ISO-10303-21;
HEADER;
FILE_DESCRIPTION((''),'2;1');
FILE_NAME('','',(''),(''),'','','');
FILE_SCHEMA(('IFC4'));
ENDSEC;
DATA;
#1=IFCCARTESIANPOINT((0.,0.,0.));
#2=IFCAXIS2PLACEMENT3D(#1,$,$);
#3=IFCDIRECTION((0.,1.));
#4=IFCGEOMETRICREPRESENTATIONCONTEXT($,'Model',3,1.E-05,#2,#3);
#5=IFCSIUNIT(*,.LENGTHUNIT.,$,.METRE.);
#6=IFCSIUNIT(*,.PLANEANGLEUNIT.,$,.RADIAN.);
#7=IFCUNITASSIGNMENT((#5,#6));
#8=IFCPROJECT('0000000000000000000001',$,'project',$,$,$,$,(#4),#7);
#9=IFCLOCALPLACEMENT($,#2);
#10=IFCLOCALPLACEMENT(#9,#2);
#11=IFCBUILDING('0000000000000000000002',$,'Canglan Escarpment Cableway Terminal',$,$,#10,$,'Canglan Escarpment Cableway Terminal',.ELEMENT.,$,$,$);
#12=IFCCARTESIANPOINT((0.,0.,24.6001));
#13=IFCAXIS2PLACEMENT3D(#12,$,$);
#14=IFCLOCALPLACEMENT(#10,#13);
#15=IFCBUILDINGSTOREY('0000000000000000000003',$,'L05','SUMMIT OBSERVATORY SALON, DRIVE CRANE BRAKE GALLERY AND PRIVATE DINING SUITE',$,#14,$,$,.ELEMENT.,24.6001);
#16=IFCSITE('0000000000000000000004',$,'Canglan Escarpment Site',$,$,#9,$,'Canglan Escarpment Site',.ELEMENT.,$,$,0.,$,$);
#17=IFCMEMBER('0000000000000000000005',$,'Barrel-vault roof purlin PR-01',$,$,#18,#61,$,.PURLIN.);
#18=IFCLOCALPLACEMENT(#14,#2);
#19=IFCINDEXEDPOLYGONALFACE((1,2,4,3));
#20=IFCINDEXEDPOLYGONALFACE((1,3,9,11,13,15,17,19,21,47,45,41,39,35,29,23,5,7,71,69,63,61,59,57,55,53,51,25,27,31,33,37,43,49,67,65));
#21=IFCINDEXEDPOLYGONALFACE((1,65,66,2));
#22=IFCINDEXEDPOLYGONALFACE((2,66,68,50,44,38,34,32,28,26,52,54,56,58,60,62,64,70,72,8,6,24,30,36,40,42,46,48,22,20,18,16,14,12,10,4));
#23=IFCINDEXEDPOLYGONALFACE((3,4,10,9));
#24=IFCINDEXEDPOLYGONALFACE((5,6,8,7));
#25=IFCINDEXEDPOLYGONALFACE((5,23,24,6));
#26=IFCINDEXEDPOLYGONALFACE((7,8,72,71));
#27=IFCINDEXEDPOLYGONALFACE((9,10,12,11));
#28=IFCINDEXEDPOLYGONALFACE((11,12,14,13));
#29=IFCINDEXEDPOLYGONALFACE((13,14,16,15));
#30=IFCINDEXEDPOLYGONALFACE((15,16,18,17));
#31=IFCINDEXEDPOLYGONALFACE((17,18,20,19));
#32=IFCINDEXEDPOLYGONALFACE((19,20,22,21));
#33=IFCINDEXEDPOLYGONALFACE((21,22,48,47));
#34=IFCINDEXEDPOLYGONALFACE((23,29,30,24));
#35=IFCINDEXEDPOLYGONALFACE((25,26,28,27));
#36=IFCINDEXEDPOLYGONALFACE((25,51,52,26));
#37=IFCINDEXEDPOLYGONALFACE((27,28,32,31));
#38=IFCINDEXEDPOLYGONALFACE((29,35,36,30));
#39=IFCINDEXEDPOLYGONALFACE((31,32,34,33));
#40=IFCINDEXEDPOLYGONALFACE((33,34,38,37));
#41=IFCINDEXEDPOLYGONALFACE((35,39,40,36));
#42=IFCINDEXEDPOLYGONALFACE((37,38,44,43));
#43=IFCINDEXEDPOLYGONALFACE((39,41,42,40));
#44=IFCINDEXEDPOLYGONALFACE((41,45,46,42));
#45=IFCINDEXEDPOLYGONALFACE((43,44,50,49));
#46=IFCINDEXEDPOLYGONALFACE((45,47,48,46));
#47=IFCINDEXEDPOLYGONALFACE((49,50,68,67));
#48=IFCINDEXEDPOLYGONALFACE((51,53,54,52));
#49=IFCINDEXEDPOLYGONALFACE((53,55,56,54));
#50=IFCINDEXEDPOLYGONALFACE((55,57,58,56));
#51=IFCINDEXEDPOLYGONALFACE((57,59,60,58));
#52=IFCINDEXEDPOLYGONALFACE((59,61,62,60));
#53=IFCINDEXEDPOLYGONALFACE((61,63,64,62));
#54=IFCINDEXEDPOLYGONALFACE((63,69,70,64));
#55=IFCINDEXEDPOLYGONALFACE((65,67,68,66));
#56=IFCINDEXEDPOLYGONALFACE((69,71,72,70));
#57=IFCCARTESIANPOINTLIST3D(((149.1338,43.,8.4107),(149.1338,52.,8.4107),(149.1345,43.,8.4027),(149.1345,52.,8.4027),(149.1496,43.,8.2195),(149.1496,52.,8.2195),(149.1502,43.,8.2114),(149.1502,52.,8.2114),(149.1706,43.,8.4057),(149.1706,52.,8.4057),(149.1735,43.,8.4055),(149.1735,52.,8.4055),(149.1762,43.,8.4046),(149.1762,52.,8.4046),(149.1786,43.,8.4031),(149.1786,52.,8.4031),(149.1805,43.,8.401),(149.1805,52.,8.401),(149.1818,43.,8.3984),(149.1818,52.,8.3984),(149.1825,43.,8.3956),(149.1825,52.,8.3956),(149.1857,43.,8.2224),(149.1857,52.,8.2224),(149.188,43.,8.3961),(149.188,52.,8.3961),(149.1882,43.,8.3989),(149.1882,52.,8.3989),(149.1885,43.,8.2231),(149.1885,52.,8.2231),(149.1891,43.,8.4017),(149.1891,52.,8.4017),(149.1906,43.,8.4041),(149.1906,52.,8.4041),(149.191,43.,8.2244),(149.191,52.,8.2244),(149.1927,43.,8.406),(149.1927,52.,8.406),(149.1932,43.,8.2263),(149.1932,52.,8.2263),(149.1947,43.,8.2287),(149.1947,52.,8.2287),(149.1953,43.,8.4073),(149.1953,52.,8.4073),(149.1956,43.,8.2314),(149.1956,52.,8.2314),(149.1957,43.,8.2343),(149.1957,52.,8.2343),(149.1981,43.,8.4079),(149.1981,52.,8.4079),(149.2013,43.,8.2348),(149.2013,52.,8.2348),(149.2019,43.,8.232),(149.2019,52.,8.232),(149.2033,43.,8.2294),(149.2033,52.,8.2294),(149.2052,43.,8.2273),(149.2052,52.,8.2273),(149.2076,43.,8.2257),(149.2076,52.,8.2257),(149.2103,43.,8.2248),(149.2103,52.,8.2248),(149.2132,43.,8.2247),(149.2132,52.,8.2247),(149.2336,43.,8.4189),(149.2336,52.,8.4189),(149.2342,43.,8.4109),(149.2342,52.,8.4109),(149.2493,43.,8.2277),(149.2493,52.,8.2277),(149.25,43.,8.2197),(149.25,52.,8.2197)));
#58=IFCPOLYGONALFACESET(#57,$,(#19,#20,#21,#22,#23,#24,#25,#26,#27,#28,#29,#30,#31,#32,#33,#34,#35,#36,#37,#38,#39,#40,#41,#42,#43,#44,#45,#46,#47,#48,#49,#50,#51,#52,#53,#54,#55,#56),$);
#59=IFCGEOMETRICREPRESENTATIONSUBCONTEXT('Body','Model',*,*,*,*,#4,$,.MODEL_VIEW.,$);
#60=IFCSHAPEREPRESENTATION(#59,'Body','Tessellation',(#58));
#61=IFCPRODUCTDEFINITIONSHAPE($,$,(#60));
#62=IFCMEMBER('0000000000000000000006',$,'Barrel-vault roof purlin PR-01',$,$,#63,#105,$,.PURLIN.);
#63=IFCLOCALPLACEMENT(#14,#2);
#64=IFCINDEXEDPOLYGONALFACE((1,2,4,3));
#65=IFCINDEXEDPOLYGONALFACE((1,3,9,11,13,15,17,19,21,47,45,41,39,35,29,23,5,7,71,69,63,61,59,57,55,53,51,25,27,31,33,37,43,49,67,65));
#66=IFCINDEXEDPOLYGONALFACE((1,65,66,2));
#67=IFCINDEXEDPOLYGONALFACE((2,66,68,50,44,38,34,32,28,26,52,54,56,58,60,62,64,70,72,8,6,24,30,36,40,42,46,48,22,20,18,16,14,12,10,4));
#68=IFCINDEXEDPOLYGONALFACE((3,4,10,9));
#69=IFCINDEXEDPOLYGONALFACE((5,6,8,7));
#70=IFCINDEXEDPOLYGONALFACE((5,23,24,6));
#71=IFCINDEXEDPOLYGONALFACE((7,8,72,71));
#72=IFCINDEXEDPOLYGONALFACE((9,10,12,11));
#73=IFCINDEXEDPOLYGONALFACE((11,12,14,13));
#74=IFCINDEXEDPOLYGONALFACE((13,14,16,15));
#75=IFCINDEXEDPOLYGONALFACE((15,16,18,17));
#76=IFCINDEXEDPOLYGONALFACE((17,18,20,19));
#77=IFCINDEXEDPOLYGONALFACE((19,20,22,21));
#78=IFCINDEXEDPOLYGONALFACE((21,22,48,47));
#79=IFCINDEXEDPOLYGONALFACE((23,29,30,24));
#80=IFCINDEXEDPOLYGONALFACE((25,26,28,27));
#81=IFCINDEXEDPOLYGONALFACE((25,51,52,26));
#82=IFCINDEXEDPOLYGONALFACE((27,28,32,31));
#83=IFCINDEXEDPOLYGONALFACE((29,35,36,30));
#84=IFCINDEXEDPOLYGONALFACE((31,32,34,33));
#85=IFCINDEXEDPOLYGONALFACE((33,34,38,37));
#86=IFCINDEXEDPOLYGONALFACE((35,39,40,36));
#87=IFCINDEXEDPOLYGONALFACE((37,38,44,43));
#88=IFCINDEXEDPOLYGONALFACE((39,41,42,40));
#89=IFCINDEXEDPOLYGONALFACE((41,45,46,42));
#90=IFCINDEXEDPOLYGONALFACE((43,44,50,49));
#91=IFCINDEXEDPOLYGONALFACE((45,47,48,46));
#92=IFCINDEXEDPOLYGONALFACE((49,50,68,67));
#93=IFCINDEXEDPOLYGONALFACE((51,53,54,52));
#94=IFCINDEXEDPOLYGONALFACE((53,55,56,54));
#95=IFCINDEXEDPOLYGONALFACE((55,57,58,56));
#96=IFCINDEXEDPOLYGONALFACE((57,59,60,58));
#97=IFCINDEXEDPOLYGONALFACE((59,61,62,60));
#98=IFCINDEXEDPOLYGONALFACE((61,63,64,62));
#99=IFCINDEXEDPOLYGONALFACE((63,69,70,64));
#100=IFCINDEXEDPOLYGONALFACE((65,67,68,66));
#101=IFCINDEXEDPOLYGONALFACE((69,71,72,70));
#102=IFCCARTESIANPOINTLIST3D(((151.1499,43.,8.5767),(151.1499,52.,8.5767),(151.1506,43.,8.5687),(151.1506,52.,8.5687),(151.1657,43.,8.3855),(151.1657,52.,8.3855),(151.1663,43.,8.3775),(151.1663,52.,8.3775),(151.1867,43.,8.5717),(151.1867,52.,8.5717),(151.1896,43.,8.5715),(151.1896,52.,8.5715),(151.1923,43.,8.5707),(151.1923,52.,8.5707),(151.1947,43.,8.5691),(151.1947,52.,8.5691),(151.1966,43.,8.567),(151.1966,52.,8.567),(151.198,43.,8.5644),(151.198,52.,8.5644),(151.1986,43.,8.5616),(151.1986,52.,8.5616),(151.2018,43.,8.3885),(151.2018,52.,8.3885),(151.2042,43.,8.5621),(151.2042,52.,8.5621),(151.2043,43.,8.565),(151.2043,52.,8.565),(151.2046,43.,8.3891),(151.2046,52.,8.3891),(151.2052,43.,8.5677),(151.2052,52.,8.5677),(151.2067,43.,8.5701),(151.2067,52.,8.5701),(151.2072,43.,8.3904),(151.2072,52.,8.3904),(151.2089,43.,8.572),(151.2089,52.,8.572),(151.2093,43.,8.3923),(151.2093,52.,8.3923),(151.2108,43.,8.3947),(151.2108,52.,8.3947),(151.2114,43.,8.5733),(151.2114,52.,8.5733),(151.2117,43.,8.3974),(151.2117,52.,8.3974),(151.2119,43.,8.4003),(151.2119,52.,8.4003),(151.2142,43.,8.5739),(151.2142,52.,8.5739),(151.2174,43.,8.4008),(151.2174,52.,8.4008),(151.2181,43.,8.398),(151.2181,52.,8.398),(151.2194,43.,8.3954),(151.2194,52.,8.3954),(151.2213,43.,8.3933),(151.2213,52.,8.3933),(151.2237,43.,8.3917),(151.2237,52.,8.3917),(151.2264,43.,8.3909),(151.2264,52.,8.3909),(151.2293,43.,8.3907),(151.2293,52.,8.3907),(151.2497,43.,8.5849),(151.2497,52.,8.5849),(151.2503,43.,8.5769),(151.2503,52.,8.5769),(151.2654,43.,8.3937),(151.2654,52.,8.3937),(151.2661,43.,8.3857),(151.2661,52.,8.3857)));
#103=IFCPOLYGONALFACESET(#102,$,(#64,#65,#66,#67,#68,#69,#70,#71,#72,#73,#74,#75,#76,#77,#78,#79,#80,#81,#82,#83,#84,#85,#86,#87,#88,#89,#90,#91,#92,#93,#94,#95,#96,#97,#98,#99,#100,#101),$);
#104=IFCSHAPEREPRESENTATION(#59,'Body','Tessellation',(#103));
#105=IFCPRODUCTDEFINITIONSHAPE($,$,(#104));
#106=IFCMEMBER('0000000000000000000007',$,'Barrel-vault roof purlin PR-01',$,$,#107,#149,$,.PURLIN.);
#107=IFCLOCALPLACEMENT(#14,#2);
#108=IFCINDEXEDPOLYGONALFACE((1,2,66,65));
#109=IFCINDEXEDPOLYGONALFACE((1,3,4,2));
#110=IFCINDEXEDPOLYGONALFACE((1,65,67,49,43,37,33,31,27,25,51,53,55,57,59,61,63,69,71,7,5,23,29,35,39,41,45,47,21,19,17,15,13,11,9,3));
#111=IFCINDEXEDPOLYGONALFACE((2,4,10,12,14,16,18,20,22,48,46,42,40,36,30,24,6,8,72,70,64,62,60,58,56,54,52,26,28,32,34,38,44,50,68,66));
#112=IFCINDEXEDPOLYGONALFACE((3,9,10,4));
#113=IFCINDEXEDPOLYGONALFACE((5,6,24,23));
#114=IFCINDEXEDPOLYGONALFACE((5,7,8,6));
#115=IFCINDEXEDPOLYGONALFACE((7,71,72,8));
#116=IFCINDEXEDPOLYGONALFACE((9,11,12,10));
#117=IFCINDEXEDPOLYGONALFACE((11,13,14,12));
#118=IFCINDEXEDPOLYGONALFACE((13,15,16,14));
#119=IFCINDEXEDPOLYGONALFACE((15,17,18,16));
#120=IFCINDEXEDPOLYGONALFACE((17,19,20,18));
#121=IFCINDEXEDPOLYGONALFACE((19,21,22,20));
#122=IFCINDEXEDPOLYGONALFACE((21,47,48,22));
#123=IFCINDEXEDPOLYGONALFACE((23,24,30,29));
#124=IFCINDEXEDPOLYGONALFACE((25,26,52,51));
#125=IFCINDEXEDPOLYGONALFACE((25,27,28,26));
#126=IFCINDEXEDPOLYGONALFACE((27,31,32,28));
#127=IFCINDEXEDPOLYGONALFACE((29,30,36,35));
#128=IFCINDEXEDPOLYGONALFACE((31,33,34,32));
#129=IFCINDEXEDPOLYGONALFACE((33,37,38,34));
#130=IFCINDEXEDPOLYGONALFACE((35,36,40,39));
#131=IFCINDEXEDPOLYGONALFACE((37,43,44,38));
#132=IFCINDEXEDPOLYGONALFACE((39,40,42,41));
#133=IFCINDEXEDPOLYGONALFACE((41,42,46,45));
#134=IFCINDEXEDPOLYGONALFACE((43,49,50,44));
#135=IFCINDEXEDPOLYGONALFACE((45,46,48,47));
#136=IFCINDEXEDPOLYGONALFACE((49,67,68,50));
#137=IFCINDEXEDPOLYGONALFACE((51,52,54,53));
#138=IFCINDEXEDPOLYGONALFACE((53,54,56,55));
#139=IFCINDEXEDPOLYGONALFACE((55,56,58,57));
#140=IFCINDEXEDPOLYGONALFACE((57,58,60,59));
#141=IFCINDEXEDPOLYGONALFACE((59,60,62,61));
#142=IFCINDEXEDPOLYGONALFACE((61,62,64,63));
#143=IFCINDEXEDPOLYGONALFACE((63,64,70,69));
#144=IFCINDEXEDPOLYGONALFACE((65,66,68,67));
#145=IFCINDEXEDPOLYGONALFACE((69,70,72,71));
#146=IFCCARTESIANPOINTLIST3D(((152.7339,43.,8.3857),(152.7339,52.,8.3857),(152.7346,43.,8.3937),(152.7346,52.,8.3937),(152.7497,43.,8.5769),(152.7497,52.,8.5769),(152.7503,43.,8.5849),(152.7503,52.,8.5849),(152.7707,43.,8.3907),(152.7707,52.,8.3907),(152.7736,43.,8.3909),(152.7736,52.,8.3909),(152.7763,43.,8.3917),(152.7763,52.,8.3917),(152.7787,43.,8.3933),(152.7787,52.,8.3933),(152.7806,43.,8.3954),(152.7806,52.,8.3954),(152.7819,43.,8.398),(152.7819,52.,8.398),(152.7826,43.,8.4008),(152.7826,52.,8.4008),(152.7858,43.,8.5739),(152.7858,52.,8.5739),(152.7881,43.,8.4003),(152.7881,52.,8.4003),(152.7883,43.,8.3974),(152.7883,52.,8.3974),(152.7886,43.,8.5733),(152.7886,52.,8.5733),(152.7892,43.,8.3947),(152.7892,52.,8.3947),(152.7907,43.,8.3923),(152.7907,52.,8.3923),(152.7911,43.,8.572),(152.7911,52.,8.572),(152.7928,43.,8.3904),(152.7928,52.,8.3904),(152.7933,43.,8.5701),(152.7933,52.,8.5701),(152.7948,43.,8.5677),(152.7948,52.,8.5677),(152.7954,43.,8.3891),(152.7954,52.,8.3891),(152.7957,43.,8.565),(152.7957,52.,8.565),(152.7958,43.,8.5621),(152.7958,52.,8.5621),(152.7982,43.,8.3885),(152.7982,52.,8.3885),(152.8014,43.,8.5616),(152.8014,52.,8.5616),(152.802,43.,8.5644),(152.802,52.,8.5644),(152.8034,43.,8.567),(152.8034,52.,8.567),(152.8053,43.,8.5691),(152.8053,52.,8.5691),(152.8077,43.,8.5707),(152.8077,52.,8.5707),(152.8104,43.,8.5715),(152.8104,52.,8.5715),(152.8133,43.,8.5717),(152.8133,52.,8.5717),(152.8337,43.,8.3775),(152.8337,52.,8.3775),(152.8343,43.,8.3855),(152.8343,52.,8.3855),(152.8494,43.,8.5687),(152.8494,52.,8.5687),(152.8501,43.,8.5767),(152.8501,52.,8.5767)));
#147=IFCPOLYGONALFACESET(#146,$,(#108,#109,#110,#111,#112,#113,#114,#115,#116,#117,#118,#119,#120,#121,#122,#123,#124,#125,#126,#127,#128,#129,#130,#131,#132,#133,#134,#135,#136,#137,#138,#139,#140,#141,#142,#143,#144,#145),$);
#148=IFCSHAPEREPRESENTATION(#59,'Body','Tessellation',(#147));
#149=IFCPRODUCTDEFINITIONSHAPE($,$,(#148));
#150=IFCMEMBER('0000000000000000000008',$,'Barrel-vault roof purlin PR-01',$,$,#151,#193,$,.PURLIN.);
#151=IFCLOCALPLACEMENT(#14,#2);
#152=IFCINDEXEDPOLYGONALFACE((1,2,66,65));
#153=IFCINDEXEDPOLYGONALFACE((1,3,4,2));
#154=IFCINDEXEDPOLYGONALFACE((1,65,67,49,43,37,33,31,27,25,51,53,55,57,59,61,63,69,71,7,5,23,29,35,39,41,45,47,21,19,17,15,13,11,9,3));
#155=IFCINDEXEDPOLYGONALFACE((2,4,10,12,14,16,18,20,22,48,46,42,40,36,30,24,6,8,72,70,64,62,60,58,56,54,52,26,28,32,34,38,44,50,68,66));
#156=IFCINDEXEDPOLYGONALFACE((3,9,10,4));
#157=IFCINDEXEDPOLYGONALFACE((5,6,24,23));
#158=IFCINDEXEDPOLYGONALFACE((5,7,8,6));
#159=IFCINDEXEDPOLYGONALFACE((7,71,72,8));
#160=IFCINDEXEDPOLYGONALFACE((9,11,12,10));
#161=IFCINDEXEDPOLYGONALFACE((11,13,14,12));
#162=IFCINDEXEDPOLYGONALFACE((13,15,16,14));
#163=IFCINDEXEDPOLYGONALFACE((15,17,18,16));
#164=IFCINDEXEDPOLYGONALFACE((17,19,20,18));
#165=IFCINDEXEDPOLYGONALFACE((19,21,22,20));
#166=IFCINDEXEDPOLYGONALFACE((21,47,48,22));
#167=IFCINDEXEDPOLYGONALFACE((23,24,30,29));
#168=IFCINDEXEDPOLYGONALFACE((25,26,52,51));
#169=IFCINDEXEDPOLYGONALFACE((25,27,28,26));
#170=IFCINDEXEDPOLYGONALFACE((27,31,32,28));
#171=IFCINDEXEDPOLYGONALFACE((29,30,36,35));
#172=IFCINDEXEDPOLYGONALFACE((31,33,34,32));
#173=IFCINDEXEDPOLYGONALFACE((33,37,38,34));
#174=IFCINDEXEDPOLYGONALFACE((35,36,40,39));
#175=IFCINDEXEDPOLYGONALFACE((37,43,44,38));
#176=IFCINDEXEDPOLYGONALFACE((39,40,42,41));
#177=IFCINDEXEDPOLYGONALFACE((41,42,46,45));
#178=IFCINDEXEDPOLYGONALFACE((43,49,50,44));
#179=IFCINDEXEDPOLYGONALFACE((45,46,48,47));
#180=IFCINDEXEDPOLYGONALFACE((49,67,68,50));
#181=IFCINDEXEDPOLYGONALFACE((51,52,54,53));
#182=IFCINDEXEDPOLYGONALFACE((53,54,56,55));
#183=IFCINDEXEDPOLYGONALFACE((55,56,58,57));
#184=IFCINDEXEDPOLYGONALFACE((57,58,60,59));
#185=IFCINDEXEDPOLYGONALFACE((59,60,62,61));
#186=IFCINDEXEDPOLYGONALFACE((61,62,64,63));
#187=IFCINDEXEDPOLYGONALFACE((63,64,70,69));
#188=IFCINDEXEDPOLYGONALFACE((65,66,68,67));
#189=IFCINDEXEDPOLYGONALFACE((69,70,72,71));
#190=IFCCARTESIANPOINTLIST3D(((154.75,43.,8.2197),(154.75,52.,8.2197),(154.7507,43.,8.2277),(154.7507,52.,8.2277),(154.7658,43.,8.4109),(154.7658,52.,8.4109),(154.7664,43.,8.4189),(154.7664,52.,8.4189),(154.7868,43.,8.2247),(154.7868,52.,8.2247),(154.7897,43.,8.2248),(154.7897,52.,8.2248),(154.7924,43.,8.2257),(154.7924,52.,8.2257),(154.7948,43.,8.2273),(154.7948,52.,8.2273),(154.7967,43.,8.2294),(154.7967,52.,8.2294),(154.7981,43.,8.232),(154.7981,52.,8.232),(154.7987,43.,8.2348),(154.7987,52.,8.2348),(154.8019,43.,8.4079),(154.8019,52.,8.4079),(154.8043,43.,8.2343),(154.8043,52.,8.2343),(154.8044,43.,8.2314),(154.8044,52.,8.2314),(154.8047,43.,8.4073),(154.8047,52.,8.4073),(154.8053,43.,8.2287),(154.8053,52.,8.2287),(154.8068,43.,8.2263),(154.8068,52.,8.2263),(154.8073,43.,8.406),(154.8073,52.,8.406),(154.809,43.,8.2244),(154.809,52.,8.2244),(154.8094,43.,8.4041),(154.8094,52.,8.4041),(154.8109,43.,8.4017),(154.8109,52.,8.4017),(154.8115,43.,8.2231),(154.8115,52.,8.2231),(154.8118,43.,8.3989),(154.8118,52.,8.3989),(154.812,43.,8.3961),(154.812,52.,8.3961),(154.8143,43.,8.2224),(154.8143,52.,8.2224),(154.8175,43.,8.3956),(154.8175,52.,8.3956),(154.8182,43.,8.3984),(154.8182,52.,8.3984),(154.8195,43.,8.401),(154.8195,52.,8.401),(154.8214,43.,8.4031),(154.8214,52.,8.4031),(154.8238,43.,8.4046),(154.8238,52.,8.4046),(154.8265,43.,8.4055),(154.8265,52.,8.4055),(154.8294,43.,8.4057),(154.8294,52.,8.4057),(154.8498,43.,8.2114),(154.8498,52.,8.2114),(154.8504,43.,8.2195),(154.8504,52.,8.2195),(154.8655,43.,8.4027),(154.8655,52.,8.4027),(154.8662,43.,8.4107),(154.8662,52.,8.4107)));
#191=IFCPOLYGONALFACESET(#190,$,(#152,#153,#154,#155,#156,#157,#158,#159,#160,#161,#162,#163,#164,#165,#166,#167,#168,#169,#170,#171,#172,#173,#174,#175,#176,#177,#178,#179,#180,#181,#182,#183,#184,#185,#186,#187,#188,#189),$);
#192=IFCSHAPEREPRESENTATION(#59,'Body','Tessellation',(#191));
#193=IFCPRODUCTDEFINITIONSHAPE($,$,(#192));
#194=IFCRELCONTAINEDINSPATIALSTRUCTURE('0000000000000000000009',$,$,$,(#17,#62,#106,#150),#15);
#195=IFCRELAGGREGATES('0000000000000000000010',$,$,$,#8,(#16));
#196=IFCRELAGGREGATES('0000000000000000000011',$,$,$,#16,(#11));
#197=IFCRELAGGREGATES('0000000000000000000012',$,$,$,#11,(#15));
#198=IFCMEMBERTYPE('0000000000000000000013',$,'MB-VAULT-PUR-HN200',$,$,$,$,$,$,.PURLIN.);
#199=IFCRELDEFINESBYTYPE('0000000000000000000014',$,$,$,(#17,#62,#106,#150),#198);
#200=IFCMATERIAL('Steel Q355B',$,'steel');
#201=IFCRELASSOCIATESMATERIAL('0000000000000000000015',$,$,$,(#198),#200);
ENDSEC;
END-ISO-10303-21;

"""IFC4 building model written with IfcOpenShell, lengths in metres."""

from ifc_helpers import new_model, si_unit, direction, frame, origin, origin_2d, place, context, subcontext, project, spatial, i_section, extrude, material, material_profile, profile_set, type_object, element, save


model = new_model("IFC4")

# Units and contexts
model_context = context("Model", 3, precision=1e-05, world=origin(), true_north=direction((0.0, 1.0)))
body_context = subcontext(model_context, "Body", "Model", "MODEL_VIEW")
ifc_project = project(units=[si_unit("LENGTHUNIT", "METRE"), si_unit("PLANEANGLEUNIT", "RADIAN")], contexts=[model_context])

# Site, building, storey
site_placement = place(None, origin())
site = spatial("IfcSite", under=ifc_project, at=site_placement, Name="Canglan Escarpment Site", LongName="Canglan Escarpment Site", CompositionType="ELEMENT", RefElevation=0.0)
building_placement = place(site_placement, origin())
building = spatial("IfcBuilding", under=site, at=building_placement, Name="Canglan Escarpment Cableway Terminal", LongName="Canglan Escarpment Cableway Terminal", CompositionType="ELEMENT")
storey_placement = place(building_placement, frame((0.0, 0.0, 24.6001)))
storey = spatial("IfcBuildingStorey", under=building, at=storey_placement, Name="L05", Description="SUMMIT OBSERVATORY SALON, DRIVE CRANE BRAKE GALLERY AND PRIVATE DINING SUITE", CompositionType="ELEMENT", Elevation=24.6001)

# Shared definitions
ifc_material_1 = material(Name="Steel Q355B", Category="steel")

# Members
ifc_material_profile_1 = material_profile(ifc_material_1, i_section(OverallWidth=0.1001, OverallDepth=0.2, WebThickness=0.0056, FlangeThickness=0.0081, FilletRadius=0.011, at=origin_2d()), Name="HN 200x100x5.5x8")
ifc_profile_set_1 = profile_set([ifc_material_profile_1], Name="Steel Q355B")
member_type_1 = type_object("IfcMemberType", Name="MB-VAULT-PUR-HN200", PredefinedType="PURLIN", material=ifc_profile_set_1)
for number, where, z_axis, x_axis, name in (
    (1, (149.1919, 43.0, 8.3152), (0.0, 1.0, 0.0), (-0.996626, 0.0, -0.082078), "Barrel-vault roof purlin PR-01"),
    (2, (151.208, 43.0, 8.4812), (0.0, 1.0, 0.0), (-0.996626, 0.0, -0.082078), "Barrel-vault roof purlin PR-01"),
    (3, (152.792, 43.0, 8.4812), (0.0, 1.0, 0.0), (-0.996626, 0.0, 0.082078), "Barrel-vault roof purlin PR-01"),
    (4, (154.8081, 43.0, 8.3152), (0.0, 1.0, 0.0), (-0.996626, 0.0, 0.082078), "Barrel-vault roof purlin PR-01"),
):
    element("IfcMember", number, at=place(storey_placement, frame(where, z_axis=z_axis, x_axis=x_axis)), inside=storey, type_object=member_type_1, Name=name, PredefinedType="PURLIN", context=body_context, shape_type="SweptSolid", body=[
        extrude(i_section(OverallWidth=0.1001, OverallDepth=0.2, WebThickness=0.0056, FlangeThickness=0.0081, FilletRadius=0.011, at=origin_2d()), origin(), (0.0, 0.0, 1.0), 9.0),
    ])

save(model, "model.ifc")
